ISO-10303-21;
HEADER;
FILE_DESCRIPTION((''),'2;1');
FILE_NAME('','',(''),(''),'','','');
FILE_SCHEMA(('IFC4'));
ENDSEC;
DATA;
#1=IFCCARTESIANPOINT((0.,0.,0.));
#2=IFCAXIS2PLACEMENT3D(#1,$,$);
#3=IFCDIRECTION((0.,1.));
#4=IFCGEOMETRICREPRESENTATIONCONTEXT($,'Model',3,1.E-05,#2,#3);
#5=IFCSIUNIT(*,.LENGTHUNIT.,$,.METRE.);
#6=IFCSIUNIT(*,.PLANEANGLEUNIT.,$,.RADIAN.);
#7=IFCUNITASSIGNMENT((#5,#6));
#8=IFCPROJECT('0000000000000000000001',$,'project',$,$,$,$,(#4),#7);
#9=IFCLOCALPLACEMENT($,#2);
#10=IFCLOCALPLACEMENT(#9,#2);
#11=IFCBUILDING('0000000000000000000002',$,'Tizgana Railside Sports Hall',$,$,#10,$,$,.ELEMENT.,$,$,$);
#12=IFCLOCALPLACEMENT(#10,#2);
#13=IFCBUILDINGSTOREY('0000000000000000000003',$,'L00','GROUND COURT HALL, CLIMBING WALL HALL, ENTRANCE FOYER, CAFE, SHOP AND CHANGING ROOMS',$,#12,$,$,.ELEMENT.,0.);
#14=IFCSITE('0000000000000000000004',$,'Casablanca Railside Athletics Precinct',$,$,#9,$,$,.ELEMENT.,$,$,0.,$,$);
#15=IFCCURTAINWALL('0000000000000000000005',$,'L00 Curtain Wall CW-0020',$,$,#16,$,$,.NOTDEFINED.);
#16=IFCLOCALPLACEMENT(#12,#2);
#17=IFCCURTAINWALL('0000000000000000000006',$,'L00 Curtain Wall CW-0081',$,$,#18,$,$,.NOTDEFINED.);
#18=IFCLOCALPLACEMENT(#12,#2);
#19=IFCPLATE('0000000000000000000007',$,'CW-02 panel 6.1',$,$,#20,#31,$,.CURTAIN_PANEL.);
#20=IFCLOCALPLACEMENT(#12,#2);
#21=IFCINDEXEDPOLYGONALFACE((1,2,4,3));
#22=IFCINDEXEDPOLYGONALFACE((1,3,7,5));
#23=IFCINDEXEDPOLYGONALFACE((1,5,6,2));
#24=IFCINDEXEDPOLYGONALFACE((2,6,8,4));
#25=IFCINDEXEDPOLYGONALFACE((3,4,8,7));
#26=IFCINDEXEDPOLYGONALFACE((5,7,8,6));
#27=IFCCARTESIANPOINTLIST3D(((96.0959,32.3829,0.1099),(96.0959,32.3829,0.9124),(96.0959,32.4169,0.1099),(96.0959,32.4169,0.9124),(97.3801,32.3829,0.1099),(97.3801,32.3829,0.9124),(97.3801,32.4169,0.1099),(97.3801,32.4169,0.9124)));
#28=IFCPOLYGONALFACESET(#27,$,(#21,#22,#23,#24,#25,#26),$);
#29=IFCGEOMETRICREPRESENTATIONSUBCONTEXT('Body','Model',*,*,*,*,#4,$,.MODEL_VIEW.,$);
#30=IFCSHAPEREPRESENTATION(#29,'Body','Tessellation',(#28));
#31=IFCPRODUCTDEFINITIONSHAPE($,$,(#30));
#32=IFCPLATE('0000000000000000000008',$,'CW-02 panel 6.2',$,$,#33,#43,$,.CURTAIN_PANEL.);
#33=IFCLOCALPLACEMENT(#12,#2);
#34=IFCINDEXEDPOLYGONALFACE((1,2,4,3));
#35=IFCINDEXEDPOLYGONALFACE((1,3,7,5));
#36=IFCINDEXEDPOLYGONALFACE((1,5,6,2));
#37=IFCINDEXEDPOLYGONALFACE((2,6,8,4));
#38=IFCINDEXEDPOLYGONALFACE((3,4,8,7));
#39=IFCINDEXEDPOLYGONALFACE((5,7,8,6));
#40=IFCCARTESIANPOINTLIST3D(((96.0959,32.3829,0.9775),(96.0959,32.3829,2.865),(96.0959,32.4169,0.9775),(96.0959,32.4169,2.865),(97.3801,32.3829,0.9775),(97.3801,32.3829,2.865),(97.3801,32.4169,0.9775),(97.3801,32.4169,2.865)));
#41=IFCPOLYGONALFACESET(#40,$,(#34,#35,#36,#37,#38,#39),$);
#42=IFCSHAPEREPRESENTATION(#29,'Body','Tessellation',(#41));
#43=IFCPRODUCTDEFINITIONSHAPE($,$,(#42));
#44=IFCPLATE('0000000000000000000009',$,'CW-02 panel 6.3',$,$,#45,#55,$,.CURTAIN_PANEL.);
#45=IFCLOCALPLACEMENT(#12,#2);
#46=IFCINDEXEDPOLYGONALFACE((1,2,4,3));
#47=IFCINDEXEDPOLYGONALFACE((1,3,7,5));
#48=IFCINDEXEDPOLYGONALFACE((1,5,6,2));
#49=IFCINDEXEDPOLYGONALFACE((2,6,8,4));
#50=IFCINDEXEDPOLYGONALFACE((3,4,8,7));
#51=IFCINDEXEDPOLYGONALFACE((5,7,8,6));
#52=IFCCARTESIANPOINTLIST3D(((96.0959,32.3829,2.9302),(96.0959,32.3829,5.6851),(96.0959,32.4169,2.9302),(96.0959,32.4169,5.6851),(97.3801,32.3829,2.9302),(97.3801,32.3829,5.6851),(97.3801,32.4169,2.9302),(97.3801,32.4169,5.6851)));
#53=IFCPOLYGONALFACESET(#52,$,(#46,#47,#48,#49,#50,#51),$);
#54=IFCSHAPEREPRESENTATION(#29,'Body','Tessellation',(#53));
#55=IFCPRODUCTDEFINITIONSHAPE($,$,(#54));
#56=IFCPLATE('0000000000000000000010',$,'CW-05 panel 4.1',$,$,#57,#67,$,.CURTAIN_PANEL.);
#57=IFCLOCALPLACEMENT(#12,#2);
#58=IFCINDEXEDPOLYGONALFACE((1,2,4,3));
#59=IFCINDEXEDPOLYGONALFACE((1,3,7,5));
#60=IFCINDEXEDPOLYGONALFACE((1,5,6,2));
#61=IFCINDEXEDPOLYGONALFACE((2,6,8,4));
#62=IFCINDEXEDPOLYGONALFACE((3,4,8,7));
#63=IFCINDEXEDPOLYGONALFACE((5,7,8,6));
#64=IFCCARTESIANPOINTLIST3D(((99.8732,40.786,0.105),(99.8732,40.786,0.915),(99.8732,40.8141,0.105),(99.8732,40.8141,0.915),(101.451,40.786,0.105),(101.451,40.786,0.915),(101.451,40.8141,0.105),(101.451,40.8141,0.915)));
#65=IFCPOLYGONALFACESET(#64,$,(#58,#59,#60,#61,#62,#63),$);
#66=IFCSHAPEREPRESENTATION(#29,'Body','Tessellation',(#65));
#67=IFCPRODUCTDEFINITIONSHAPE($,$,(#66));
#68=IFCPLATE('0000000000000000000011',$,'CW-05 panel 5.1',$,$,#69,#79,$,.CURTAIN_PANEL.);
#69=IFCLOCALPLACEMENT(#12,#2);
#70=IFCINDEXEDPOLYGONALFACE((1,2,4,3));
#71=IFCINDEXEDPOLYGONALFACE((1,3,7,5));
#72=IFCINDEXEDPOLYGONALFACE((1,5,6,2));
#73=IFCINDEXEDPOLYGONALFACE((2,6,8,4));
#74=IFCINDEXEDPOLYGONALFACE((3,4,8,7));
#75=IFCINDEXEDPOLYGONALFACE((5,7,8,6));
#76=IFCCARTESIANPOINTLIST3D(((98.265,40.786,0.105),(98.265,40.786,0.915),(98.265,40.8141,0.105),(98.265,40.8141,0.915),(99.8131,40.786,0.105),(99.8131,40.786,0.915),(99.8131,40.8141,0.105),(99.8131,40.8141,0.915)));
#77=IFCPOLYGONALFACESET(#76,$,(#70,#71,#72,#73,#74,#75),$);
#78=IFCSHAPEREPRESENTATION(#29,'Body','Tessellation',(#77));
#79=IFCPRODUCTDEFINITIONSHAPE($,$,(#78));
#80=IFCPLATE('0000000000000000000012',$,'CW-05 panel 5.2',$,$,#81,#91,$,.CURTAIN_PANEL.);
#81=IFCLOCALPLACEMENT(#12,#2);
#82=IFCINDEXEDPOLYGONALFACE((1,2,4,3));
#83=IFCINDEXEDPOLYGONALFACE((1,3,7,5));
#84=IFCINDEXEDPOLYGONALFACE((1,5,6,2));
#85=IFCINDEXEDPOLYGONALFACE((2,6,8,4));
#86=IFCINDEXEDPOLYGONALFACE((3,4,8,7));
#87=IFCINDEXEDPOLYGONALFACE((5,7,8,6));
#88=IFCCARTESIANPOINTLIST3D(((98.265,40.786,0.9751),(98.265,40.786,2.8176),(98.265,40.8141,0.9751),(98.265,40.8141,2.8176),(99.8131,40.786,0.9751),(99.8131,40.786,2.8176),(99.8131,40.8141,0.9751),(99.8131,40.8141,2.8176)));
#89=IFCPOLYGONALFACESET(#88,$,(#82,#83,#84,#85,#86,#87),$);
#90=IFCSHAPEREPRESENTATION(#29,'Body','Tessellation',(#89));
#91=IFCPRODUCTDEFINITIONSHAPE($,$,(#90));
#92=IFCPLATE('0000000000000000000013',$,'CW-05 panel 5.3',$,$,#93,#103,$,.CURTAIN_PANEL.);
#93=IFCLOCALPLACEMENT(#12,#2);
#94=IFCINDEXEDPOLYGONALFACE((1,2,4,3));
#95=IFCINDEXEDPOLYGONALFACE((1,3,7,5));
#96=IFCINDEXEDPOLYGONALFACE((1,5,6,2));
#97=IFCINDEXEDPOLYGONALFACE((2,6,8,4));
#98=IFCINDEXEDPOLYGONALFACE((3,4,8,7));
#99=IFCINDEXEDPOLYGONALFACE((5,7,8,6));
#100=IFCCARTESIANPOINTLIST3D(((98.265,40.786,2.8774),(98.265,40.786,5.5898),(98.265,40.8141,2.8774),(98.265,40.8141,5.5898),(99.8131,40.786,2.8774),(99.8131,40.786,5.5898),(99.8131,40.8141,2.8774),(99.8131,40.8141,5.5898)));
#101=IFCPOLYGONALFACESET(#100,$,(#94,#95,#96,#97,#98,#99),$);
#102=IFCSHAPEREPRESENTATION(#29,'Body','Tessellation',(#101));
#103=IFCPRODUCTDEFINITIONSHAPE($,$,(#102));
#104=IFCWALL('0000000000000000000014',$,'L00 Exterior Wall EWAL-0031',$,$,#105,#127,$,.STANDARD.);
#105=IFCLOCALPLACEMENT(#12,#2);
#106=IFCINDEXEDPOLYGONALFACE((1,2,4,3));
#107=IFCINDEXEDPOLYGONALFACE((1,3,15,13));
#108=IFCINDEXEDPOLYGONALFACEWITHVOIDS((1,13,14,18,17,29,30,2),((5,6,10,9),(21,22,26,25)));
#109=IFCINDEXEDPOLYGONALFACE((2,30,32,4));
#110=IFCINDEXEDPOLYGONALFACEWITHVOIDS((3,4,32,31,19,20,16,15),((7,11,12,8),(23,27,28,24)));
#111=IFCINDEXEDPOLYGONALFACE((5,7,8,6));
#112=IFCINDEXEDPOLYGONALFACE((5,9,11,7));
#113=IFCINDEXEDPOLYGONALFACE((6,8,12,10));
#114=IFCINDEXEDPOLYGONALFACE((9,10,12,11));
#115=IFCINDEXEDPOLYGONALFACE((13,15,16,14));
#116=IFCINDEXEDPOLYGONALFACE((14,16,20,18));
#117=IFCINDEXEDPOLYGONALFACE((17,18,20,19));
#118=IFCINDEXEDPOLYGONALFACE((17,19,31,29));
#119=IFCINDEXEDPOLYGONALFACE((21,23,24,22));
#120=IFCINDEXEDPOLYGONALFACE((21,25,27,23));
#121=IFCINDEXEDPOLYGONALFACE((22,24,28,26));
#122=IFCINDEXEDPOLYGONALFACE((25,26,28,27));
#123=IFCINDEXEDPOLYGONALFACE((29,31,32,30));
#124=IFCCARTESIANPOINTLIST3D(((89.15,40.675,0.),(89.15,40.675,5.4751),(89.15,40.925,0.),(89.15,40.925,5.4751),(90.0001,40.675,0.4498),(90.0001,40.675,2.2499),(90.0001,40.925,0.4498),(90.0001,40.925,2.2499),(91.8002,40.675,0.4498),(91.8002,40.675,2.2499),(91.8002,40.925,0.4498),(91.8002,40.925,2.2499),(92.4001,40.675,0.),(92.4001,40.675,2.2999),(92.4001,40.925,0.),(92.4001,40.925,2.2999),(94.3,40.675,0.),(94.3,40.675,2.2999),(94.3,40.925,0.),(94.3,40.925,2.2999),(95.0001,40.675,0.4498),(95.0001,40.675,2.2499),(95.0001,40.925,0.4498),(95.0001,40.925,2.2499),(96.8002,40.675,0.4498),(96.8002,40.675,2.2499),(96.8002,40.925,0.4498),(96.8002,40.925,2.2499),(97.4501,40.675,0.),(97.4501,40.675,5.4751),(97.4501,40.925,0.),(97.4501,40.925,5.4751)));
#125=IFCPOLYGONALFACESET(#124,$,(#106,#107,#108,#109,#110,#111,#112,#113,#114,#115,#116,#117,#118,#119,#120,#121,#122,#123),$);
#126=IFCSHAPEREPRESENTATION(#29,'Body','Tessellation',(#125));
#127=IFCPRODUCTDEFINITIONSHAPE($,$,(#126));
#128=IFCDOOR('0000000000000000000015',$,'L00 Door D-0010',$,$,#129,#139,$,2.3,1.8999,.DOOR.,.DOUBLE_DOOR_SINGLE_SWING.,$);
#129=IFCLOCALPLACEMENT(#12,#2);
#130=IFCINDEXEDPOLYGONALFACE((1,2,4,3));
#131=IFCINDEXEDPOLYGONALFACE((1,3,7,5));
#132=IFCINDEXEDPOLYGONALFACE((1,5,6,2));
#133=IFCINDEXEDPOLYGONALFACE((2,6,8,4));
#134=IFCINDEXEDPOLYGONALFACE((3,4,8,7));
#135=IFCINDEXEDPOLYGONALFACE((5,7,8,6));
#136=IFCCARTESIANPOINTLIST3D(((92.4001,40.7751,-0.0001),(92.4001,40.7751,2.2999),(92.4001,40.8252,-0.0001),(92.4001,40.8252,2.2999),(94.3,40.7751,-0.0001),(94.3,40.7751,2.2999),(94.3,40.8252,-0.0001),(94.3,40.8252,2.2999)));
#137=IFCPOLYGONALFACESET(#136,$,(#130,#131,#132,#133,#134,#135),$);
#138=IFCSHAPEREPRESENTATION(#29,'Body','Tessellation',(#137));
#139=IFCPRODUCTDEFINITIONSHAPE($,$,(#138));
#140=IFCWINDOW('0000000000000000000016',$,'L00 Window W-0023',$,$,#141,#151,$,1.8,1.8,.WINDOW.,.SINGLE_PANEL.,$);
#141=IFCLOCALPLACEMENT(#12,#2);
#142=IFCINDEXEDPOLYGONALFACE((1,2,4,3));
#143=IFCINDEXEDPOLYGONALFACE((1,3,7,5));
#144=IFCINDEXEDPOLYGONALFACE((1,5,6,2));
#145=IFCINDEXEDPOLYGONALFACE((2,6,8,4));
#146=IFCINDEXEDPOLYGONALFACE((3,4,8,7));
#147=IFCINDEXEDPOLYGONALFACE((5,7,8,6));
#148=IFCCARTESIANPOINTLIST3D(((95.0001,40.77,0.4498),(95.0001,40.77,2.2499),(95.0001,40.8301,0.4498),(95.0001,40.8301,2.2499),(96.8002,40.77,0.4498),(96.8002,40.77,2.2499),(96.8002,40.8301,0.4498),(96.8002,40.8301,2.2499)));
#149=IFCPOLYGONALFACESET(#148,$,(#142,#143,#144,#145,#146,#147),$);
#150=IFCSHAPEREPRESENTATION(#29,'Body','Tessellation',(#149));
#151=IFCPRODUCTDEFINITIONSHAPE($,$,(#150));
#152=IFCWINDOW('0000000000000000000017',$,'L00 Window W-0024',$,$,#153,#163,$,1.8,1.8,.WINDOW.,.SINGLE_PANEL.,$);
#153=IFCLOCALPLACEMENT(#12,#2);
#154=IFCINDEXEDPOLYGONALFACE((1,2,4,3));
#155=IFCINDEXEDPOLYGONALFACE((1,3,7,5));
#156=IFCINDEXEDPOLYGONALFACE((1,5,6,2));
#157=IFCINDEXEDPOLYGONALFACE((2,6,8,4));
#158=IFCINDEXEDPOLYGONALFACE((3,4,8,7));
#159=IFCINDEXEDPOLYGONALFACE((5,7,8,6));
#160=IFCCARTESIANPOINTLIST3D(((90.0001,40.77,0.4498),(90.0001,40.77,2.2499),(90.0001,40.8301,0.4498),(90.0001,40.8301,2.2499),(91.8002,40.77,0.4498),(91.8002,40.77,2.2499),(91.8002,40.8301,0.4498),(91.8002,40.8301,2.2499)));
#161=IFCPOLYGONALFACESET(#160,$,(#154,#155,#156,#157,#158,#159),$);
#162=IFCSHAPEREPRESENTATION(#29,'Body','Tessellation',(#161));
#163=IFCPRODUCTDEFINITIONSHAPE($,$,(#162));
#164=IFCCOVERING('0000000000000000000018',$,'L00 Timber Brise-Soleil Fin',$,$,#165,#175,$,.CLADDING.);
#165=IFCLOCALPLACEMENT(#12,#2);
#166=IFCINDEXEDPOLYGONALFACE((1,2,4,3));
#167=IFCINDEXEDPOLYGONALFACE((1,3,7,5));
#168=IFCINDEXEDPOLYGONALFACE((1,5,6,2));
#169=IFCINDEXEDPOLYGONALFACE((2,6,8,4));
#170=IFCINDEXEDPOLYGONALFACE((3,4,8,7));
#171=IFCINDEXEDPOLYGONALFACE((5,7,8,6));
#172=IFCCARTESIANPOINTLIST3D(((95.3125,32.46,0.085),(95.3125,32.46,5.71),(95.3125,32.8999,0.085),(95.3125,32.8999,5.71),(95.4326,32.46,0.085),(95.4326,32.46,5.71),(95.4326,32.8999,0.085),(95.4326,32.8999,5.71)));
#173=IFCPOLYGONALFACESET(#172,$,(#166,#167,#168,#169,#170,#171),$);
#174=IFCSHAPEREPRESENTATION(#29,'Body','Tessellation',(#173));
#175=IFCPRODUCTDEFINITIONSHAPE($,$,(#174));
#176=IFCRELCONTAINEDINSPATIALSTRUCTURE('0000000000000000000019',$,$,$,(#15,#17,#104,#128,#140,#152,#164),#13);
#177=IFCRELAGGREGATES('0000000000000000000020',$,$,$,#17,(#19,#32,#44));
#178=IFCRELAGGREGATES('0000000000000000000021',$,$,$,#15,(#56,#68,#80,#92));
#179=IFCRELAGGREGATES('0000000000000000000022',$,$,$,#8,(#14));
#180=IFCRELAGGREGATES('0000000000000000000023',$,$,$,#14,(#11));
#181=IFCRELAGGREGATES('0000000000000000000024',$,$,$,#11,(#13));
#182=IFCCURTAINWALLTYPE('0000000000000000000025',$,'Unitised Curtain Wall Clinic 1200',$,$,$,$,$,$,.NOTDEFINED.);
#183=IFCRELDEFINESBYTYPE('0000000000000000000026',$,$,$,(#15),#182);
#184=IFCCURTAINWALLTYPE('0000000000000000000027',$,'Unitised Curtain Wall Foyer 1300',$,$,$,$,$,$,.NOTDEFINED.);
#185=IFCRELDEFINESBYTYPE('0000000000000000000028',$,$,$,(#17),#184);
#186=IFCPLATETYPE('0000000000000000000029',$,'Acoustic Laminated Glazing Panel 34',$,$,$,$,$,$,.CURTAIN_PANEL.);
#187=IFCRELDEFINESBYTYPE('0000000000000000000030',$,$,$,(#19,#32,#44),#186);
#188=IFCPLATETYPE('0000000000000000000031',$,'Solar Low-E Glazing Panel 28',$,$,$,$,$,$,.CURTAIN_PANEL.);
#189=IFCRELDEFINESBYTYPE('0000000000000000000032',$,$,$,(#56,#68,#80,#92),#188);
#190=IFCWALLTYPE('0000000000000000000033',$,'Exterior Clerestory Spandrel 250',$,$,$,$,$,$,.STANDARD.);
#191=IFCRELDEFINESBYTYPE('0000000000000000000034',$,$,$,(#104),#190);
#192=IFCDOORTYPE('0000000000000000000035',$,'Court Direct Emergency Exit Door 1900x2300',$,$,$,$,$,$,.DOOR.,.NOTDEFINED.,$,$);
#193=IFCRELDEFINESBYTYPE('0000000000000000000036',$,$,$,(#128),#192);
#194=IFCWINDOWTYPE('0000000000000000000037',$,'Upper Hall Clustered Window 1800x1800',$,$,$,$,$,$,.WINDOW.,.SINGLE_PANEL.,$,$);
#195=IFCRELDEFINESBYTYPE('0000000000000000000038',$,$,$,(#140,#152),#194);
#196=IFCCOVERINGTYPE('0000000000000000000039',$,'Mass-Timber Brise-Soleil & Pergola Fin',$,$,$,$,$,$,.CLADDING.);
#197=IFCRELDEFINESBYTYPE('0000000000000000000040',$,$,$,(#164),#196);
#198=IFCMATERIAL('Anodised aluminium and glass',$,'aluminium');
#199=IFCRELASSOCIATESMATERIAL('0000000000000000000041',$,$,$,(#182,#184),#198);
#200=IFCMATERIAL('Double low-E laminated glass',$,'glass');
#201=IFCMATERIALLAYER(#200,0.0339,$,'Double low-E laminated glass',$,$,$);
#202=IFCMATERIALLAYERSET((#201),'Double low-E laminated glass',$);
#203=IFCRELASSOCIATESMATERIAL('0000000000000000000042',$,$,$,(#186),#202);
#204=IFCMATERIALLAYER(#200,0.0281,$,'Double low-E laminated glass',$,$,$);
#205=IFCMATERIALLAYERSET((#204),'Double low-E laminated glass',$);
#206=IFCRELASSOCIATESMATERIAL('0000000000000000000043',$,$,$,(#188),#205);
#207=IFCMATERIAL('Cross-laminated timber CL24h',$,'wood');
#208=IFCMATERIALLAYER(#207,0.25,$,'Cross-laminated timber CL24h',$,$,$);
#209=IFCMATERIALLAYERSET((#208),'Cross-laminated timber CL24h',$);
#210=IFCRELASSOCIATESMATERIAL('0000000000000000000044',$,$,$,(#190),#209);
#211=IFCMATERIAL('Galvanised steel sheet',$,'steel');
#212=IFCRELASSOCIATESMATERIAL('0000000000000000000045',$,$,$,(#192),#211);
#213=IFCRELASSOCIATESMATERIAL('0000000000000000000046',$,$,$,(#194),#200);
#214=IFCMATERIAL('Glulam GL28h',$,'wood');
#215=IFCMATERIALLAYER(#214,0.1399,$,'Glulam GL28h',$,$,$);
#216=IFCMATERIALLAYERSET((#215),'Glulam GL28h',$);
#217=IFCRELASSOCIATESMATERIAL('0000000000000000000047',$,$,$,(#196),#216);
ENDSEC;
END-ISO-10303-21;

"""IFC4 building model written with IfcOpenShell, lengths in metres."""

from ifc_helpers import new_model, si_unit, direction, frame, frame_2d, origin, origin_2d, place, context, subcontext, project, spatial, rectangle, extrude, material, layer, layer_set, type_object, element, fill, aggregate, save


model = new_model("IFC4")

# Units and contexts
model_context = context("Model", 3, precision=1e-05, world=origin(), true_north=direction((0.0, 1.0)))
body_context = subcontext(model_context, "Body", "Model", "MODEL_VIEW")
ifc_project = project(units=[si_unit("LENGTHUNIT", "METRE"), si_unit("PLANEANGLEUNIT", "RADIAN")], contexts=[model_context])

# Site, building, storey
site_placement = place(None, origin())
site = spatial("IfcSite", under=ifc_project, at=site_placement, Name="Casablanca Railside Athletics Precinct", CompositionType="ELEMENT", RefElevation=0.0)
building_placement = place(site_placement, origin())
building = spatial("IfcBuilding", under=site, at=building_placement, Name="Tizgana Railside Sports Hall", CompositionType="ELEMENT")
storey_placement = place(building_placement, origin())
storey = spatial("IfcBuildingStorey", under=building, at=storey_placement, Name="L00", Description="GROUND COURT HALL, CLIMBING WALL HALL, ENTRANCE FOYER, CAFE, SHOP AND CHANGING ROOMS", CompositionType="ELEMENT", Elevation=0.0)

# Curtain walls
ifc_material_1 = material(Name="Anodised aluminium and glass", Category="aluminium")
curtain_wall_type_1 = type_object("IfcCurtainWallType", Name="Unitised Curtain Wall Clinic 1200", PredefinedType="NOTDEFINED", material=ifc_material_1)
curtain_wall_1_placement = place(storey_placement, origin())
curtain_wall_1 = element("IfcCurtainWall", 1, at=curtain_wall_1_placement, inside=storey, type_object=curtain_wall_type_1, Name="L00 Curtain Wall CW-0020", PredefinedType="NOTDEFINED")
curtain_wall_type_2 = type_object("IfcCurtainWallType", Name="Unitised Curtain Wall Foyer 1300", PredefinedType="NOTDEFINED", material=ifc_material_1)
curtain_wall_2_placement = place(storey_placement, origin())
curtain_wall_2 = element("IfcCurtainWall", 2, at=curtain_wall_2_placement, inside=storey, type_object=curtain_wall_type_2, Name="L00 Curtain Wall CW-0081", PredefinedType="NOTDEFINED")

# Plates
ifc_material_2 = material(Name="Double low-E laminated glass", Category="glass")
ifc_layer_1 = layer(ifc_material_2, 0.0339, Name="Double low-E laminated glass")
ifc_layer_set_1 = layer_set([ifc_layer_1], Name="Double low-E laminated glass")
plate_type_1 = type_object("IfcPlateType", Name="Acoustic Laminated Glazing Panel 34", PredefinedType="CURTAIN_PANEL", material=ifc_layer_set_1)
plate_1_placement = place(storey_placement, frame((96.738, 32.3999, 0.1099), z_axis=(0.0, 0.0, 1.0), x_axis=(1.0, 0.0, 0.0)))
plate_1 = element("IfcPlate", 3, at=plate_1_placement, type_object=plate_type_1, Name="CW-02 panel 6.1", PredefinedType="CURTAIN_PANEL", context=body_context, shape_type="SweptSolid", body=[
    extrude(rectangle(XDim=1.2842, YDim=0.0339, at=origin_2d()), origin(), (0.0, 0.0, 1.0), 0.8025),
])
plate_2_placement = place(storey_placement, frame((96.738, 32.3999, 0.9775), z_axis=(0.0, 0.0, 1.0), x_axis=(1.0, 0.0, 0.0)))
plate_2 = element("IfcPlate", 4, at=plate_2_placement, type_object=plate_type_1, Name="CW-02 panel 6.2", PredefinedType="CURTAIN_PANEL", context=body_context, shape_type="SweptSolid", body=[
    extrude(rectangle(XDim=1.2842, YDim=0.0339, at=origin_2d()), origin(), (0.0, 0.0, 1.0), 1.8875),
])
plate_3_placement = place(storey_placement, frame((96.738, 32.3999, 2.9302), z_axis=(0.0, 0.0, 1.0), x_axis=(1.0, 0.0, 0.0)))
plate_3 = element("IfcPlate", 5, at=plate_3_placement, type_object=plate_type_1, Name="CW-02 panel 6.3", PredefinedType="CURTAIN_PANEL", context=body_context, shape_type="SweptSolid", body=[
    extrude(rectangle(XDim=1.2842, YDim=0.0339, at=origin_2d()), origin(), (0.0, 0.0, 1.0), 2.7549),
])
aggregate(curtain_wall_2, [plate_1, plate_2, plate_3])
ifc_layer_2 = layer(ifc_material_2, 0.0281, Name="Double low-E laminated glass")
ifc_layer_set_2 = layer_set([ifc_layer_2], Name="Double low-E laminated glass")
plate_type_2 = type_object("IfcPlateType", Name="Solar Low-E Glazing Panel 28", PredefinedType="CURTAIN_PANEL", material=ifc_layer_set_2)
plate_4_placement = place(storey_placement, frame((100.6621, 40.8, 0.105), z_axis=(0.0, 0.0, 1.0), x_axis=(-1.0, 0.0, 0.0)))
plate_4 = element("IfcPlate", 6, at=plate_4_placement, type_object=plate_type_2, Name="CW-05 panel 4.1", PredefinedType="CURTAIN_PANEL", context=body_context, shape_type="SweptSolid", body=[
    extrude(rectangle(XDim=1.5779, YDim=0.0281, at=origin_2d()), origin(), (0.0, 0.0, 1.0), 0.8101),
])
plate_5_placement = place(storey_placement, frame((99.0391, 40.8, 0.105), z_axis=(0.0, 0.0, 1.0), x_axis=(-1.0, 0.0, 0.0)))
plate_5 = element("IfcPlate", 7, at=plate_5_placement, type_object=plate_type_2, Name="CW-05 panel 5.1", PredefinedType="CURTAIN_PANEL", context=body_context, shape_type="SweptSolid", body=[
    extrude(rectangle(XDim=1.5481, YDim=0.0281, at=origin_2d()), origin(), (0.0, 0.0, 1.0), 0.8101),
])
plate_6_placement = place(storey_placement, frame((99.0391, 40.8, 0.9751), z_axis=(0.0, 0.0, 1.0), x_axis=(-1.0, 0.0, 0.0)))
plate_6 = element("IfcPlate", 8, at=plate_6_placement, type_object=plate_type_2, Name="CW-05 panel 5.2", PredefinedType="CURTAIN_PANEL", context=body_context, shape_type="SweptSolid", body=[
    extrude(rectangle(XDim=1.5481, YDim=0.0281, at=origin_2d()), origin(), (0.0, 0.0, 1.0), 1.8425),
])
plate_7_placement = place(storey_placement, frame((99.0391, 40.8, 2.8774), z_axis=(0.0, 0.0, 1.0), x_axis=(-1.0, 0.0, 0.0)))
plate_7 = element("IfcPlate", 9, at=plate_7_placement, type_object=plate_type_2, Name="CW-05 panel 5.3", PredefinedType="CURTAIN_PANEL", context=body_context, shape_type="SweptSolid", body=[
    extrude(rectangle(XDim=1.5481, YDim=0.0281, at=origin_2d()), origin(), (0.0, 0.0, 1.0), 2.7124),
])
aggregate(curtain_wall_1, [plate_4, plate_5, plate_6, plate_7])

# Wall, openings, door, windows
ifc_material_3 = material(Name="Cross-laminated timber CL24h", Category="wood")
ifc_layer_3 = layer(ifc_material_3, 0.25, Name="Cross-laminated timber CL24h")
ifc_layer_set_3 = layer_set([ifc_layer_3], Name="Cross-laminated timber CL24h")
wall_type = type_object("IfcWallType", Name="Exterior Clerestory Spandrel 250", PredefinedType="STANDARD", material=ifc_layer_set_3)
wall_placement = place(storey_placement, frame((97.45, 40.8, 0.0), z_axis=(0.0, 0.0, 1.0), x_axis=(-1.0, 0.0, 0.0)))
wall = element("IfcWall", 10, at=wall_placement, inside=storey, type_object=wall_type, Name="L00 Exterior Wall EWAL-0031", PredefinedType="STANDARD", context=body_context, shape_type="SweptSolid", body=[
    extrude(rectangle(XDim=8.3, YDim=0.25, at=frame_2d((4.1499, 0.0))), origin(), (0.0, 0.0, 1.0), 5.4751),
])
opening_1_placement = place(wall_placement, frame((3.1499, 0.0, 0.0)))
opening_1 = element("IfcOpeningElement", 11, at=opening_1_placement, cuts=wall, PredefinedType="OPENING", context=body_context, shape_type="SweptSolid", body=[
    extrude(rectangle(XDim=1.8999, YDim=2.3, at=frame_2d((0.95, 1.1499))), frame((0.0, 0.135, 0.0), z_axis=(0.0, -1.0, 0.0), x_axis=(1.0, 0.0, 0.0)), (0.0, 0.0, 1.0), 0.27),
])
opening_2_placement = place(wall_placement, frame((0.6499, 0.0, 0.45)))
opening_2 = element("IfcOpeningElement", 12, at=opening_2_placement, cuts=wall, PredefinedType="OPENING", context=body_context, shape_type="SweptSolid", body=[
    extrude(rectangle(XDim=1.8, YDim=1.8, at=frame_2d((0.8999, 0.8999))), frame((0.0, 0.135, 0.0), z_axis=(0.0, -1.0, 0.0), x_axis=(1.0, 0.0, 0.0)), (0.0, 0.0, 1.0), 0.27),
])
opening_3_placement = place(wall_placement, frame((5.6499, 0.0, 0.45)))
opening_3 = element("IfcOpeningElement", 13, at=opening_3_placement, cuts=wall, PredefinedType="OPENING", context=body_context, shape_type="SweptSolid", body=[
    extrude(rectangle(XDim=1.8, YDim=1.8, at=frame_2d((0.8999, 0.8999))), frame((0.0, 0.135, 0.0), z_axis=(0.0, -1.0, 0.0), x_axis=(1.0, 0.0, 0.0)), (0.0, 0.0, 1.0), 0.27),
])
ifc_material_4 = material(Name="Galvanised steel sheet", Category="steel")
door_type = type_object("IfcDoorType", Name="Court Direct Emergency Exit Door 1900x2300", OperationType="NOTDEFINED", PredefinedType="DOOR", material=ifc_material_4)
door_placement = place(opening_1_placement, origin())
door = element("IfcDoor", 14, at=door_placement, inside=storey, type_object=door_type, Name="L00 Door D-0010", OperationType="DOUBLE_DOOR_SINGLE_SWING", OverallHeight=2.3, OverallWidth=1.8999, PredefinedType="DOOR", context=body_context, shape_type="SweptSolid", body=[
    extrude(rectangle(XDim=1.8999, YDim=2.3, at=frame_2d((0.95, 1.1499))), frame((0.0, 0.0249, 0.0), z_axis=(0.0, -1.0, 0.0), x_axis=(1.0, 0.0, 0.0)), (0.0, 0.0, 1.0), 0.05),
])
fill(opening_1, door)
window_type = type_object("IfcWindowType", Name="Upper Hall Clustered Window 1800x1800", PartitioningType="SINGLE_PANEL", PredefinedType="WINDOW", material=ifc_material_2)
window_1_placement = place(opening_2_placement, origin())
window_1 = element("IfcWindow", 15, at=window_1_placement, inside=storey, type_object=window_type, Name="L00 Window W-0023", OverallHeight=1.8, OverallWidth=1.8, PartitioningType="SINGLE_PANEL", PredefinedType="WINDOW", context=body_context, shape_type="SweptSolid", body=[
    extrude(rectangle(XDim=1.8, YDim=1.8, at=frame_2d((0.8999, 0.8999))), frame((0.0, 0.03, 0.0), z_axis=(0.0, -1.0, 0.0), x_axis=(1.0, 0.0, 0.0)), (0.0, 0.0, 1.0), 0.0601),
])
fill(opening_2, window_1)
window_2_placement = place(opening_3_placement, origin())
window_2 = element("IfcWindow", 16, at=window_2_placement, inside=storey, type_object=window_type, Name="L00 Window W-0024", OverallHeight=1.8, OverallWidth=1.8, PartitioningType="SINGLE_PANEL", PredefinedType="WINDOW", context=body_context, shape_type="SweptSolid", body=[
    extrude(rectangle(XDim=1.8, YDim=1.8, at=frame_2d((0.8999, 0.8999))), frame((0.0, 0.03, 0.0), z_axis=(0.0, -1.0, 0.0), x_axis=(1.0, 0.0, 0.0)), (0.0, 0.0, 1.0), 0.0601),
])
fill(opening_3, window_2)

# Covering
ifc_material_5 = material(Name="Glulam GL28h", Category="wood")
ifc_layer_4 = layer(ifc_material_5, 0.1399, Name="Glulam GL28h")
ifc_layer_set_4 = layer_set([ifc_layer_4], Name="Glulam GL28h")
covering_type = type_object("IfcCoveringType", Name="Mass-Timber Brise-Soleil & Pergola Fin", PredefinedType="CLADDING", material=ifc_layer_set_4)
covering_placement = place(storey_placement, frame((95.3726, 32.6799, 0.085), z_axis=(0.0, 0.0, 1.0), x_axis=(1.0, 0.0, 0.0)))
element("IfcCovering", 17, at=covering_placement, inside=storey, type_object=covering_type, Name="L00 Timber Brise-Soleil Fin", PredefinedType="CLADDING", context=body_context, shape_type="SweptSolid", body=[
    extrude(rectangle(XDim=0.1201, YDim=0.4399, at=origin_2d()), origin(), (0.0, 0.0, 1.0), 5.625),
])

save(model, "model.ifc")
